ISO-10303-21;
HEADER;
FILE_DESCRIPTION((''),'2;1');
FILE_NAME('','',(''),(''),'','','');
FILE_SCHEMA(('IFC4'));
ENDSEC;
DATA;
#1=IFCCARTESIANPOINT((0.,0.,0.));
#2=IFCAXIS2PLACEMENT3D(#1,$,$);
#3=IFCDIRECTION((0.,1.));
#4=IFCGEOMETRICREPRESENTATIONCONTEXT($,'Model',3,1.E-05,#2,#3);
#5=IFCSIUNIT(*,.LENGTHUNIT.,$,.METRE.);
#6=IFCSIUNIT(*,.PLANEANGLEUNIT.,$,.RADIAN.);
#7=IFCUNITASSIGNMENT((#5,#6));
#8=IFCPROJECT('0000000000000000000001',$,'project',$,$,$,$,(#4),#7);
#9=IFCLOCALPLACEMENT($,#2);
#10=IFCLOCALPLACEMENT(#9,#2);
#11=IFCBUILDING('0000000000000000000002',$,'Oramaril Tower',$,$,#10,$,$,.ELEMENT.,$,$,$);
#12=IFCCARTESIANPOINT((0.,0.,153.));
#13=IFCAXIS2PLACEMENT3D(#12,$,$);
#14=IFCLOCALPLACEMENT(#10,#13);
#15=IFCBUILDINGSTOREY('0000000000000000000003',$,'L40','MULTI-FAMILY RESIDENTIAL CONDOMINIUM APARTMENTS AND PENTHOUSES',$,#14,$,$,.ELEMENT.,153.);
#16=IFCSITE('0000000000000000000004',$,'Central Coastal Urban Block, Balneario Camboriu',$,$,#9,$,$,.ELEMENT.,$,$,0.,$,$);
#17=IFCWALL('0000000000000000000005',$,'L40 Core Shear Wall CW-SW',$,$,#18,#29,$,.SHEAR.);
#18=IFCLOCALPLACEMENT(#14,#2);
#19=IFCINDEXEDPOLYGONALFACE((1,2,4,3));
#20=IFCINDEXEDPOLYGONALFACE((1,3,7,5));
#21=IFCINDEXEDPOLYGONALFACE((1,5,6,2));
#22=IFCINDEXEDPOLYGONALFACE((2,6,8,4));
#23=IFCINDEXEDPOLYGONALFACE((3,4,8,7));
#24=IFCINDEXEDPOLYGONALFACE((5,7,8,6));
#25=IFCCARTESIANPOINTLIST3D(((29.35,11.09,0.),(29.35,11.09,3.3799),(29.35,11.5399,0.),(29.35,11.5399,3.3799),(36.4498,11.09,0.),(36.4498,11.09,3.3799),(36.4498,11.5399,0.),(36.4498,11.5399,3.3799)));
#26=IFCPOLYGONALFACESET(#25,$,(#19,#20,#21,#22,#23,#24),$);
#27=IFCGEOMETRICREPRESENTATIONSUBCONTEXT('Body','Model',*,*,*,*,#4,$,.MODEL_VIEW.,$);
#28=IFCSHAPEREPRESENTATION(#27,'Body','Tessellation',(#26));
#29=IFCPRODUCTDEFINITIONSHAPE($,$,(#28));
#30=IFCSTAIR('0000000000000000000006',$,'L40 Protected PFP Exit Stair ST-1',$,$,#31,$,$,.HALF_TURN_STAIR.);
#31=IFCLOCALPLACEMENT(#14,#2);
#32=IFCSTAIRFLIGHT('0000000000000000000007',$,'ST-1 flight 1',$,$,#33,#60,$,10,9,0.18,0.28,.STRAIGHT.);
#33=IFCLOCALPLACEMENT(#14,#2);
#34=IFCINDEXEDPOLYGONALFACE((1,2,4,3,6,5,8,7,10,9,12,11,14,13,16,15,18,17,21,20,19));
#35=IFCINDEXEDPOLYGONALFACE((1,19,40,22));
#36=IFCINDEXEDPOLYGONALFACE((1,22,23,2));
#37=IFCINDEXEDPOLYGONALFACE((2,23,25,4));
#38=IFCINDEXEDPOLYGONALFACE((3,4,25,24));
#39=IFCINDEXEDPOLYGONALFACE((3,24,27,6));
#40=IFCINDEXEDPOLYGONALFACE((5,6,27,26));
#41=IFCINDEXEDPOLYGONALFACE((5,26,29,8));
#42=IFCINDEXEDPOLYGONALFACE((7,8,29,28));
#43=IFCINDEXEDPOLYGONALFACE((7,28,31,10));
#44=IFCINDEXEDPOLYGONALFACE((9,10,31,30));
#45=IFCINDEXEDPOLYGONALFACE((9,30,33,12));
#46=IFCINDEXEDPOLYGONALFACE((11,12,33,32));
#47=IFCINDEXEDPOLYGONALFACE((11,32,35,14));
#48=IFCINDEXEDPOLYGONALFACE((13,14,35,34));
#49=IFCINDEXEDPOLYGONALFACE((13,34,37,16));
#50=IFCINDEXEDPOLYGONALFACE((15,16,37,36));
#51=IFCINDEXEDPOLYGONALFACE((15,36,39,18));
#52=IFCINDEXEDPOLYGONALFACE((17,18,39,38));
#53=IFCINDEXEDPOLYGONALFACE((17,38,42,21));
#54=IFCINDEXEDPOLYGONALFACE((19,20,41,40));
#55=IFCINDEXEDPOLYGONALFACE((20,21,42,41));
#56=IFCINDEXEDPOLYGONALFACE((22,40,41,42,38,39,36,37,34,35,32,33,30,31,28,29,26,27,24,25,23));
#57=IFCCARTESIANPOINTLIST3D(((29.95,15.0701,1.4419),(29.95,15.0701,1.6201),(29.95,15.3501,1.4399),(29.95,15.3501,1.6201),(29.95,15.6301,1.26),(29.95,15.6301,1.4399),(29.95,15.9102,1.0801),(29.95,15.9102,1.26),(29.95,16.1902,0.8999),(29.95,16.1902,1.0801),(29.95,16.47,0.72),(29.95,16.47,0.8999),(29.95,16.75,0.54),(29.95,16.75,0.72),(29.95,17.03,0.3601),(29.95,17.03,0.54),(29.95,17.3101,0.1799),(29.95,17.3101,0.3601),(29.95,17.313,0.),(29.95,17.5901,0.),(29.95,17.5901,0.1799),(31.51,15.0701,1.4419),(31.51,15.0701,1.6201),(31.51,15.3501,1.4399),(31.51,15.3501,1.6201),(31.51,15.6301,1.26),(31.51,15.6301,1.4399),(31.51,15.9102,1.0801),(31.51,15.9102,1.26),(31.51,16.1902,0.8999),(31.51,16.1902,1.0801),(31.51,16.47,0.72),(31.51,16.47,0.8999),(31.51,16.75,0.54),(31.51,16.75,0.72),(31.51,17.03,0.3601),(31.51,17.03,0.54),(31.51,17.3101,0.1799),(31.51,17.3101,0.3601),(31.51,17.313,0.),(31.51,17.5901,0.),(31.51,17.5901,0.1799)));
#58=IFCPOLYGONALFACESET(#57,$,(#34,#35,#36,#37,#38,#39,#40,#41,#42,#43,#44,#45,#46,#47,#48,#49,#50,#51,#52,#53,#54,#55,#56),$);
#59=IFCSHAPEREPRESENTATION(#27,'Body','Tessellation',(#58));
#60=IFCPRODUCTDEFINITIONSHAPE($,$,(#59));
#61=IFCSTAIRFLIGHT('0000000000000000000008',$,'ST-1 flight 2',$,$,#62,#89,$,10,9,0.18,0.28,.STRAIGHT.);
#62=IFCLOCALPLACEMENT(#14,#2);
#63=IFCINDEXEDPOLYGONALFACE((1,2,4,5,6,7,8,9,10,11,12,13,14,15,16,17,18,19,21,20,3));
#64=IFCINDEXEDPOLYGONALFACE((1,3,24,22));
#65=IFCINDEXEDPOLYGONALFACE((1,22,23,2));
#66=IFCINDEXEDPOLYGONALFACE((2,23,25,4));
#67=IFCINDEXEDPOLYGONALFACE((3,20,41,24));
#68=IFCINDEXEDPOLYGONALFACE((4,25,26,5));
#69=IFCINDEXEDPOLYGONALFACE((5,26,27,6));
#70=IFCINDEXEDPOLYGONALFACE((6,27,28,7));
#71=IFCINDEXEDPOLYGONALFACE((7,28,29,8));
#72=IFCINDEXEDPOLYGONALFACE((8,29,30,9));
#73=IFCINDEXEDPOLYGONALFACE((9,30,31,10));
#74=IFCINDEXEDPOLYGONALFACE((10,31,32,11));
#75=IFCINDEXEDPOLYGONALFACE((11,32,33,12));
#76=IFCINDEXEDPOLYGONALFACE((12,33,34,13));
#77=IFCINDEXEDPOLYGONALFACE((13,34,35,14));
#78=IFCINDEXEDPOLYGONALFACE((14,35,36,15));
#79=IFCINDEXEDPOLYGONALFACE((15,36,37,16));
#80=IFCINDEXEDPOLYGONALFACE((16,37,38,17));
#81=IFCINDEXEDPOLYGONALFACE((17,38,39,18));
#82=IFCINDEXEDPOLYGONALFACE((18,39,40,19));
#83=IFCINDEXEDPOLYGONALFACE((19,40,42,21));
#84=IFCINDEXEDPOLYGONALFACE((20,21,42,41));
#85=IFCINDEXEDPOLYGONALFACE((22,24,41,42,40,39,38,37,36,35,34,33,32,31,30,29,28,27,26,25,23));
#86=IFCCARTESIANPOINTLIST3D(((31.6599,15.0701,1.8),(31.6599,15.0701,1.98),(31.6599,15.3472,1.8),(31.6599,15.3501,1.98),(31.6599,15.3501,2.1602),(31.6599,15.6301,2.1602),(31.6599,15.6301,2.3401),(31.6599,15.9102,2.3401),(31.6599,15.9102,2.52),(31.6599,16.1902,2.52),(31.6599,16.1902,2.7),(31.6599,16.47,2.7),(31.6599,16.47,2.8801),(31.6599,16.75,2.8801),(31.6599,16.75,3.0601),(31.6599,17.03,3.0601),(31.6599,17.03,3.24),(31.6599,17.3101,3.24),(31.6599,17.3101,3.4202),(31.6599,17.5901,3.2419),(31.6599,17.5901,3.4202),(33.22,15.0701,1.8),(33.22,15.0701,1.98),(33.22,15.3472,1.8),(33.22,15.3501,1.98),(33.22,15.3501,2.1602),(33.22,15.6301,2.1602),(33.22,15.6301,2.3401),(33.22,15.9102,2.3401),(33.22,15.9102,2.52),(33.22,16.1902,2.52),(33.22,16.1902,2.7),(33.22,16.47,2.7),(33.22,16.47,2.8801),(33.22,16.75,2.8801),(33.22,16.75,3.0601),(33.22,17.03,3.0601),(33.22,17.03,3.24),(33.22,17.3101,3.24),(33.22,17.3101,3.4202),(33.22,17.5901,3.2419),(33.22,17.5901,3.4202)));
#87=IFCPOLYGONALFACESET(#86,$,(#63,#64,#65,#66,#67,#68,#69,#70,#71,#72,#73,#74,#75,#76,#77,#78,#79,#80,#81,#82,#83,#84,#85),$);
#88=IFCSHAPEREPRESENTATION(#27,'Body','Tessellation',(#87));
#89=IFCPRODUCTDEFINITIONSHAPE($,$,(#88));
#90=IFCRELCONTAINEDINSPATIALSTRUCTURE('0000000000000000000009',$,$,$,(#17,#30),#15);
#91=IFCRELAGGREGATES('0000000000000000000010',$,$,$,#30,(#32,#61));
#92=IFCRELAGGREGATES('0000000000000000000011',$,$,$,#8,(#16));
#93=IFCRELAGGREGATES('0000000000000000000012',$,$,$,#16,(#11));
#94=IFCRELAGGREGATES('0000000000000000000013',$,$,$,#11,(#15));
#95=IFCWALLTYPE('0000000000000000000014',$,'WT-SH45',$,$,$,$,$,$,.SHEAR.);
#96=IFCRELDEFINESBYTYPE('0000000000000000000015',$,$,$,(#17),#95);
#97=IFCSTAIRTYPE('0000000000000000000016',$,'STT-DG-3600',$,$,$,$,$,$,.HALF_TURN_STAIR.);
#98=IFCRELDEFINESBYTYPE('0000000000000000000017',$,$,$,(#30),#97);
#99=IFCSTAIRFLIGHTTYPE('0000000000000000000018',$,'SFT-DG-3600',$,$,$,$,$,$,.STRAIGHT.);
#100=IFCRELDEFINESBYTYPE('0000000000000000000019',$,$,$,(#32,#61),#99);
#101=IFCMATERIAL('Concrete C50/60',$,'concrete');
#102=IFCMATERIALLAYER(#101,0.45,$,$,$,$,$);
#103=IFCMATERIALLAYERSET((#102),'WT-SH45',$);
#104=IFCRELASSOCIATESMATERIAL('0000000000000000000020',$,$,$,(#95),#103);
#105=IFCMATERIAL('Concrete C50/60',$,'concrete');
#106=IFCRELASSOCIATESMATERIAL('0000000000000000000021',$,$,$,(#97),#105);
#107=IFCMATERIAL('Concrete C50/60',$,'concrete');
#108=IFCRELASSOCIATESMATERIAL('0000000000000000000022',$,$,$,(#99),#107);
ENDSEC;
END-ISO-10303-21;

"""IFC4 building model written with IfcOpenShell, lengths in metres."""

from ifc_helpers import new_model, si_unit, direction, frame, frame_2d, origin, place, context, subcontext, project, spatial, polyline, rectangle, outline, extrude, material, layer, layer_set, type_object, element, aggregate, save


model = new_model("IFC4")

# Units and contexts
model_context = context("Model", 3, precision=1e-05, world=origin(), true_north=direction((0.0, 1.0)))
body_context = subcontext(model_context, "Body", "Model", "MODEL_VIEW")
ifc_project = project(units=[si_unit("LENGTHUNIT", "METRE"), si_unit("PLANEANGLEUNIT", "RADIAN")], contexts=[model_context])

# Site, building, storey
site_placement = place(None, origin())
site = spatial("IfcSite", under=ifc_project, at=site_placement, Name="Central Coastal Urban Block, Balneario Camboriu", CompositionType="ELEMENT", RefElevation=0.0)
building_placement = place(site_placement, origin())
building = spatial("IfcBuilding", under=site, at=building_placement, Name="Oramaril Tower", CompositionType="ELEMENT")
storey_placement = place(building_placement, frame((0.0, 0.0, 153.0)))
storey = spatial("IfcBuildingStorey", under=building, at=storey_placement, Name="L40", Description="MULTI-FAMILY RESIDENTIAL CONDOMINIUM APARTMENTS AND PENTHOUSES", CompositionType="ELEMENT", Elevation=153.0)

# Wall
ifc_material_1 = material(Name="Concrete C50/60", Category="concrete")
ifc_layer_1 = layer(ifc_material_1, 0.45)
ifc_layer_set_1 = layer_set([ifc_layer_1], Name="WT-SH45")
wall_type_1 = type_object("IfcWallType", Name="WT-SH45", PredefinedType="SHEAR", material=ifc_layer_set_1)
wall_1_placement = place(storey_placement, frame((29.3501, 11.3149, 0.0), z_axis=(0.0, 0.0, 1.0), x_axis=(1.0, 0.0, 0.0)))
element("IfcWall", 1, at=wall_1_placement, inside=storey, type_object=wall_type_1, Name="L40 Core Shear Wall CW-SW", PredefinedType="SHEAR", context=body_context, shape_type="SweptSolid", body=[
    extrude(rectangle(XDim=7.0999, YDim=0.45, at=frame_2d((3.5498, 0.0))), origin(), (0.0, 0.0, 1.0), 3.3799),
])

# Stair, stair flights
ifc_material_2 = material(Name="Concrete C50/60", Category="concrete")
stair_type = type_object("IfcStairType", Name="STT-DG-3600", PredefinedType="HALF_TURN_STAIR", material=ifc_material_2)
stair_placement = place(storey_placement, origin())
stair = element("IfcStair", 2, at=stair_placement, inside=storey, type_object=stair_type, Name="L40 Protected PFP Exit Stair ST-1", PredefinedType="HALF_TURN_STAIR")
ifc_material_3 = material(Name="Concrete C50/60", Category="concrete")
stair_flight_type = type_object("IfcStairFlightType", Name="SFT-DG-3600", PredefinedType="STRAIGHT", material=ifc_material_3)
stair_flight_1_placement = place(storey_placement, frame((30.73, 17.5901, 0.0), z_axis=(0.0, 0.0, 1.0), x_axis=(0.0, -1.0, 0.0)))
stair_flight_1 = element("IfcStairFlight", 3, at=stair_flight_1_placement, type_object=stair_flight_type, Name="ST-1 flight 1", NumberOfRisers=10, NumberOfTreads=9, PredefinedType="STRAIGHT", RiserHeight=0.18, TreadLength=0.28, context=body_context, shape_type="SweptSolid", body=[
    extrude(outline(polyline([(0.0, 0.0), (0.0, 0.1799), (0.28, 0.1799), (0.28, 0.3601), (0.5601, 0.3601), (0.5601, 0.54), (0.8401, 0.54), (0.8401, 0.72), (1.1201, 0.72), (1.1201, 0.8999), (1.3999, 0.8999), (1.3999, 1.0801), (1.6799, 1.0801), (1.6799, 1.26), (1.96, 1.26), (1.96, 1.4399), (2.24, 1.4399), (2.24, 1.6201), (2.52, 1.6201), (2.52, 1.8), (2.52, 1.4419), (0.2771, 0.0), (0.0, 0.0)])), frame((0.0, 0.78, 0.0), z_axis=(0.0, -1.0, 0.0), x_axis=(1.0, 0.0, 0.0)), (0.0, 0.0, 1.0), 1.5601),
])
stair_flight_2_placement = place(storey_placement, frame((32.4399, 15.0701, 1.8), z_axis=(0.0, 0.0, 1.0), x_axis=(0.0, 1.0, 0.0)))
stair_flight_2 = element("IfcStairFlight", 4, at=stair_flight_2_placement, type_object=stair_flight_type, Name="ST-1 flight 2", NumberOfRisers=10, NumberOfTreads=9, PredefinedType="STRAIGHT", RiserHeight=0.18, TreadLength=0.28, context=body_context, shape_type="SweptSolid", body=[
    extrude(outline(polyline([(0.0, 0.0), (0.0, 0.1799), (0.28, 0.1799), (0.28, 0.3601), (0.5601, 0.3601), (0.5601, 0.54), (0.8401, 0.54), (0.8401, 0.72), (1.1201, 0.72), (1.1201, 0.8999), (1.3999, 0.8999), (1.3999, 1.0801), (1.6799, 1.0801), (1.6799, 1.26), (1.96, 1.26), (1.96, 1.4399), (2.24, 1.4399), (2.24, 1.6201), (2.52, 1.6201), (2.52, 1.8), (2.52, 1.4419), (0.2771, 0.0), (0.0, 0.0)])), frame((0.0, 0.78, 0.0), z_axis=(0.0, -1.0, 0.0), x_axis=(1.0, 0.0, 0.0)), (0.0, 0.0, 1.0), 1.5601),
])
aggregate(stair, [stair_flight_1, stair_flight_2])

save(model, "model.ifc")
